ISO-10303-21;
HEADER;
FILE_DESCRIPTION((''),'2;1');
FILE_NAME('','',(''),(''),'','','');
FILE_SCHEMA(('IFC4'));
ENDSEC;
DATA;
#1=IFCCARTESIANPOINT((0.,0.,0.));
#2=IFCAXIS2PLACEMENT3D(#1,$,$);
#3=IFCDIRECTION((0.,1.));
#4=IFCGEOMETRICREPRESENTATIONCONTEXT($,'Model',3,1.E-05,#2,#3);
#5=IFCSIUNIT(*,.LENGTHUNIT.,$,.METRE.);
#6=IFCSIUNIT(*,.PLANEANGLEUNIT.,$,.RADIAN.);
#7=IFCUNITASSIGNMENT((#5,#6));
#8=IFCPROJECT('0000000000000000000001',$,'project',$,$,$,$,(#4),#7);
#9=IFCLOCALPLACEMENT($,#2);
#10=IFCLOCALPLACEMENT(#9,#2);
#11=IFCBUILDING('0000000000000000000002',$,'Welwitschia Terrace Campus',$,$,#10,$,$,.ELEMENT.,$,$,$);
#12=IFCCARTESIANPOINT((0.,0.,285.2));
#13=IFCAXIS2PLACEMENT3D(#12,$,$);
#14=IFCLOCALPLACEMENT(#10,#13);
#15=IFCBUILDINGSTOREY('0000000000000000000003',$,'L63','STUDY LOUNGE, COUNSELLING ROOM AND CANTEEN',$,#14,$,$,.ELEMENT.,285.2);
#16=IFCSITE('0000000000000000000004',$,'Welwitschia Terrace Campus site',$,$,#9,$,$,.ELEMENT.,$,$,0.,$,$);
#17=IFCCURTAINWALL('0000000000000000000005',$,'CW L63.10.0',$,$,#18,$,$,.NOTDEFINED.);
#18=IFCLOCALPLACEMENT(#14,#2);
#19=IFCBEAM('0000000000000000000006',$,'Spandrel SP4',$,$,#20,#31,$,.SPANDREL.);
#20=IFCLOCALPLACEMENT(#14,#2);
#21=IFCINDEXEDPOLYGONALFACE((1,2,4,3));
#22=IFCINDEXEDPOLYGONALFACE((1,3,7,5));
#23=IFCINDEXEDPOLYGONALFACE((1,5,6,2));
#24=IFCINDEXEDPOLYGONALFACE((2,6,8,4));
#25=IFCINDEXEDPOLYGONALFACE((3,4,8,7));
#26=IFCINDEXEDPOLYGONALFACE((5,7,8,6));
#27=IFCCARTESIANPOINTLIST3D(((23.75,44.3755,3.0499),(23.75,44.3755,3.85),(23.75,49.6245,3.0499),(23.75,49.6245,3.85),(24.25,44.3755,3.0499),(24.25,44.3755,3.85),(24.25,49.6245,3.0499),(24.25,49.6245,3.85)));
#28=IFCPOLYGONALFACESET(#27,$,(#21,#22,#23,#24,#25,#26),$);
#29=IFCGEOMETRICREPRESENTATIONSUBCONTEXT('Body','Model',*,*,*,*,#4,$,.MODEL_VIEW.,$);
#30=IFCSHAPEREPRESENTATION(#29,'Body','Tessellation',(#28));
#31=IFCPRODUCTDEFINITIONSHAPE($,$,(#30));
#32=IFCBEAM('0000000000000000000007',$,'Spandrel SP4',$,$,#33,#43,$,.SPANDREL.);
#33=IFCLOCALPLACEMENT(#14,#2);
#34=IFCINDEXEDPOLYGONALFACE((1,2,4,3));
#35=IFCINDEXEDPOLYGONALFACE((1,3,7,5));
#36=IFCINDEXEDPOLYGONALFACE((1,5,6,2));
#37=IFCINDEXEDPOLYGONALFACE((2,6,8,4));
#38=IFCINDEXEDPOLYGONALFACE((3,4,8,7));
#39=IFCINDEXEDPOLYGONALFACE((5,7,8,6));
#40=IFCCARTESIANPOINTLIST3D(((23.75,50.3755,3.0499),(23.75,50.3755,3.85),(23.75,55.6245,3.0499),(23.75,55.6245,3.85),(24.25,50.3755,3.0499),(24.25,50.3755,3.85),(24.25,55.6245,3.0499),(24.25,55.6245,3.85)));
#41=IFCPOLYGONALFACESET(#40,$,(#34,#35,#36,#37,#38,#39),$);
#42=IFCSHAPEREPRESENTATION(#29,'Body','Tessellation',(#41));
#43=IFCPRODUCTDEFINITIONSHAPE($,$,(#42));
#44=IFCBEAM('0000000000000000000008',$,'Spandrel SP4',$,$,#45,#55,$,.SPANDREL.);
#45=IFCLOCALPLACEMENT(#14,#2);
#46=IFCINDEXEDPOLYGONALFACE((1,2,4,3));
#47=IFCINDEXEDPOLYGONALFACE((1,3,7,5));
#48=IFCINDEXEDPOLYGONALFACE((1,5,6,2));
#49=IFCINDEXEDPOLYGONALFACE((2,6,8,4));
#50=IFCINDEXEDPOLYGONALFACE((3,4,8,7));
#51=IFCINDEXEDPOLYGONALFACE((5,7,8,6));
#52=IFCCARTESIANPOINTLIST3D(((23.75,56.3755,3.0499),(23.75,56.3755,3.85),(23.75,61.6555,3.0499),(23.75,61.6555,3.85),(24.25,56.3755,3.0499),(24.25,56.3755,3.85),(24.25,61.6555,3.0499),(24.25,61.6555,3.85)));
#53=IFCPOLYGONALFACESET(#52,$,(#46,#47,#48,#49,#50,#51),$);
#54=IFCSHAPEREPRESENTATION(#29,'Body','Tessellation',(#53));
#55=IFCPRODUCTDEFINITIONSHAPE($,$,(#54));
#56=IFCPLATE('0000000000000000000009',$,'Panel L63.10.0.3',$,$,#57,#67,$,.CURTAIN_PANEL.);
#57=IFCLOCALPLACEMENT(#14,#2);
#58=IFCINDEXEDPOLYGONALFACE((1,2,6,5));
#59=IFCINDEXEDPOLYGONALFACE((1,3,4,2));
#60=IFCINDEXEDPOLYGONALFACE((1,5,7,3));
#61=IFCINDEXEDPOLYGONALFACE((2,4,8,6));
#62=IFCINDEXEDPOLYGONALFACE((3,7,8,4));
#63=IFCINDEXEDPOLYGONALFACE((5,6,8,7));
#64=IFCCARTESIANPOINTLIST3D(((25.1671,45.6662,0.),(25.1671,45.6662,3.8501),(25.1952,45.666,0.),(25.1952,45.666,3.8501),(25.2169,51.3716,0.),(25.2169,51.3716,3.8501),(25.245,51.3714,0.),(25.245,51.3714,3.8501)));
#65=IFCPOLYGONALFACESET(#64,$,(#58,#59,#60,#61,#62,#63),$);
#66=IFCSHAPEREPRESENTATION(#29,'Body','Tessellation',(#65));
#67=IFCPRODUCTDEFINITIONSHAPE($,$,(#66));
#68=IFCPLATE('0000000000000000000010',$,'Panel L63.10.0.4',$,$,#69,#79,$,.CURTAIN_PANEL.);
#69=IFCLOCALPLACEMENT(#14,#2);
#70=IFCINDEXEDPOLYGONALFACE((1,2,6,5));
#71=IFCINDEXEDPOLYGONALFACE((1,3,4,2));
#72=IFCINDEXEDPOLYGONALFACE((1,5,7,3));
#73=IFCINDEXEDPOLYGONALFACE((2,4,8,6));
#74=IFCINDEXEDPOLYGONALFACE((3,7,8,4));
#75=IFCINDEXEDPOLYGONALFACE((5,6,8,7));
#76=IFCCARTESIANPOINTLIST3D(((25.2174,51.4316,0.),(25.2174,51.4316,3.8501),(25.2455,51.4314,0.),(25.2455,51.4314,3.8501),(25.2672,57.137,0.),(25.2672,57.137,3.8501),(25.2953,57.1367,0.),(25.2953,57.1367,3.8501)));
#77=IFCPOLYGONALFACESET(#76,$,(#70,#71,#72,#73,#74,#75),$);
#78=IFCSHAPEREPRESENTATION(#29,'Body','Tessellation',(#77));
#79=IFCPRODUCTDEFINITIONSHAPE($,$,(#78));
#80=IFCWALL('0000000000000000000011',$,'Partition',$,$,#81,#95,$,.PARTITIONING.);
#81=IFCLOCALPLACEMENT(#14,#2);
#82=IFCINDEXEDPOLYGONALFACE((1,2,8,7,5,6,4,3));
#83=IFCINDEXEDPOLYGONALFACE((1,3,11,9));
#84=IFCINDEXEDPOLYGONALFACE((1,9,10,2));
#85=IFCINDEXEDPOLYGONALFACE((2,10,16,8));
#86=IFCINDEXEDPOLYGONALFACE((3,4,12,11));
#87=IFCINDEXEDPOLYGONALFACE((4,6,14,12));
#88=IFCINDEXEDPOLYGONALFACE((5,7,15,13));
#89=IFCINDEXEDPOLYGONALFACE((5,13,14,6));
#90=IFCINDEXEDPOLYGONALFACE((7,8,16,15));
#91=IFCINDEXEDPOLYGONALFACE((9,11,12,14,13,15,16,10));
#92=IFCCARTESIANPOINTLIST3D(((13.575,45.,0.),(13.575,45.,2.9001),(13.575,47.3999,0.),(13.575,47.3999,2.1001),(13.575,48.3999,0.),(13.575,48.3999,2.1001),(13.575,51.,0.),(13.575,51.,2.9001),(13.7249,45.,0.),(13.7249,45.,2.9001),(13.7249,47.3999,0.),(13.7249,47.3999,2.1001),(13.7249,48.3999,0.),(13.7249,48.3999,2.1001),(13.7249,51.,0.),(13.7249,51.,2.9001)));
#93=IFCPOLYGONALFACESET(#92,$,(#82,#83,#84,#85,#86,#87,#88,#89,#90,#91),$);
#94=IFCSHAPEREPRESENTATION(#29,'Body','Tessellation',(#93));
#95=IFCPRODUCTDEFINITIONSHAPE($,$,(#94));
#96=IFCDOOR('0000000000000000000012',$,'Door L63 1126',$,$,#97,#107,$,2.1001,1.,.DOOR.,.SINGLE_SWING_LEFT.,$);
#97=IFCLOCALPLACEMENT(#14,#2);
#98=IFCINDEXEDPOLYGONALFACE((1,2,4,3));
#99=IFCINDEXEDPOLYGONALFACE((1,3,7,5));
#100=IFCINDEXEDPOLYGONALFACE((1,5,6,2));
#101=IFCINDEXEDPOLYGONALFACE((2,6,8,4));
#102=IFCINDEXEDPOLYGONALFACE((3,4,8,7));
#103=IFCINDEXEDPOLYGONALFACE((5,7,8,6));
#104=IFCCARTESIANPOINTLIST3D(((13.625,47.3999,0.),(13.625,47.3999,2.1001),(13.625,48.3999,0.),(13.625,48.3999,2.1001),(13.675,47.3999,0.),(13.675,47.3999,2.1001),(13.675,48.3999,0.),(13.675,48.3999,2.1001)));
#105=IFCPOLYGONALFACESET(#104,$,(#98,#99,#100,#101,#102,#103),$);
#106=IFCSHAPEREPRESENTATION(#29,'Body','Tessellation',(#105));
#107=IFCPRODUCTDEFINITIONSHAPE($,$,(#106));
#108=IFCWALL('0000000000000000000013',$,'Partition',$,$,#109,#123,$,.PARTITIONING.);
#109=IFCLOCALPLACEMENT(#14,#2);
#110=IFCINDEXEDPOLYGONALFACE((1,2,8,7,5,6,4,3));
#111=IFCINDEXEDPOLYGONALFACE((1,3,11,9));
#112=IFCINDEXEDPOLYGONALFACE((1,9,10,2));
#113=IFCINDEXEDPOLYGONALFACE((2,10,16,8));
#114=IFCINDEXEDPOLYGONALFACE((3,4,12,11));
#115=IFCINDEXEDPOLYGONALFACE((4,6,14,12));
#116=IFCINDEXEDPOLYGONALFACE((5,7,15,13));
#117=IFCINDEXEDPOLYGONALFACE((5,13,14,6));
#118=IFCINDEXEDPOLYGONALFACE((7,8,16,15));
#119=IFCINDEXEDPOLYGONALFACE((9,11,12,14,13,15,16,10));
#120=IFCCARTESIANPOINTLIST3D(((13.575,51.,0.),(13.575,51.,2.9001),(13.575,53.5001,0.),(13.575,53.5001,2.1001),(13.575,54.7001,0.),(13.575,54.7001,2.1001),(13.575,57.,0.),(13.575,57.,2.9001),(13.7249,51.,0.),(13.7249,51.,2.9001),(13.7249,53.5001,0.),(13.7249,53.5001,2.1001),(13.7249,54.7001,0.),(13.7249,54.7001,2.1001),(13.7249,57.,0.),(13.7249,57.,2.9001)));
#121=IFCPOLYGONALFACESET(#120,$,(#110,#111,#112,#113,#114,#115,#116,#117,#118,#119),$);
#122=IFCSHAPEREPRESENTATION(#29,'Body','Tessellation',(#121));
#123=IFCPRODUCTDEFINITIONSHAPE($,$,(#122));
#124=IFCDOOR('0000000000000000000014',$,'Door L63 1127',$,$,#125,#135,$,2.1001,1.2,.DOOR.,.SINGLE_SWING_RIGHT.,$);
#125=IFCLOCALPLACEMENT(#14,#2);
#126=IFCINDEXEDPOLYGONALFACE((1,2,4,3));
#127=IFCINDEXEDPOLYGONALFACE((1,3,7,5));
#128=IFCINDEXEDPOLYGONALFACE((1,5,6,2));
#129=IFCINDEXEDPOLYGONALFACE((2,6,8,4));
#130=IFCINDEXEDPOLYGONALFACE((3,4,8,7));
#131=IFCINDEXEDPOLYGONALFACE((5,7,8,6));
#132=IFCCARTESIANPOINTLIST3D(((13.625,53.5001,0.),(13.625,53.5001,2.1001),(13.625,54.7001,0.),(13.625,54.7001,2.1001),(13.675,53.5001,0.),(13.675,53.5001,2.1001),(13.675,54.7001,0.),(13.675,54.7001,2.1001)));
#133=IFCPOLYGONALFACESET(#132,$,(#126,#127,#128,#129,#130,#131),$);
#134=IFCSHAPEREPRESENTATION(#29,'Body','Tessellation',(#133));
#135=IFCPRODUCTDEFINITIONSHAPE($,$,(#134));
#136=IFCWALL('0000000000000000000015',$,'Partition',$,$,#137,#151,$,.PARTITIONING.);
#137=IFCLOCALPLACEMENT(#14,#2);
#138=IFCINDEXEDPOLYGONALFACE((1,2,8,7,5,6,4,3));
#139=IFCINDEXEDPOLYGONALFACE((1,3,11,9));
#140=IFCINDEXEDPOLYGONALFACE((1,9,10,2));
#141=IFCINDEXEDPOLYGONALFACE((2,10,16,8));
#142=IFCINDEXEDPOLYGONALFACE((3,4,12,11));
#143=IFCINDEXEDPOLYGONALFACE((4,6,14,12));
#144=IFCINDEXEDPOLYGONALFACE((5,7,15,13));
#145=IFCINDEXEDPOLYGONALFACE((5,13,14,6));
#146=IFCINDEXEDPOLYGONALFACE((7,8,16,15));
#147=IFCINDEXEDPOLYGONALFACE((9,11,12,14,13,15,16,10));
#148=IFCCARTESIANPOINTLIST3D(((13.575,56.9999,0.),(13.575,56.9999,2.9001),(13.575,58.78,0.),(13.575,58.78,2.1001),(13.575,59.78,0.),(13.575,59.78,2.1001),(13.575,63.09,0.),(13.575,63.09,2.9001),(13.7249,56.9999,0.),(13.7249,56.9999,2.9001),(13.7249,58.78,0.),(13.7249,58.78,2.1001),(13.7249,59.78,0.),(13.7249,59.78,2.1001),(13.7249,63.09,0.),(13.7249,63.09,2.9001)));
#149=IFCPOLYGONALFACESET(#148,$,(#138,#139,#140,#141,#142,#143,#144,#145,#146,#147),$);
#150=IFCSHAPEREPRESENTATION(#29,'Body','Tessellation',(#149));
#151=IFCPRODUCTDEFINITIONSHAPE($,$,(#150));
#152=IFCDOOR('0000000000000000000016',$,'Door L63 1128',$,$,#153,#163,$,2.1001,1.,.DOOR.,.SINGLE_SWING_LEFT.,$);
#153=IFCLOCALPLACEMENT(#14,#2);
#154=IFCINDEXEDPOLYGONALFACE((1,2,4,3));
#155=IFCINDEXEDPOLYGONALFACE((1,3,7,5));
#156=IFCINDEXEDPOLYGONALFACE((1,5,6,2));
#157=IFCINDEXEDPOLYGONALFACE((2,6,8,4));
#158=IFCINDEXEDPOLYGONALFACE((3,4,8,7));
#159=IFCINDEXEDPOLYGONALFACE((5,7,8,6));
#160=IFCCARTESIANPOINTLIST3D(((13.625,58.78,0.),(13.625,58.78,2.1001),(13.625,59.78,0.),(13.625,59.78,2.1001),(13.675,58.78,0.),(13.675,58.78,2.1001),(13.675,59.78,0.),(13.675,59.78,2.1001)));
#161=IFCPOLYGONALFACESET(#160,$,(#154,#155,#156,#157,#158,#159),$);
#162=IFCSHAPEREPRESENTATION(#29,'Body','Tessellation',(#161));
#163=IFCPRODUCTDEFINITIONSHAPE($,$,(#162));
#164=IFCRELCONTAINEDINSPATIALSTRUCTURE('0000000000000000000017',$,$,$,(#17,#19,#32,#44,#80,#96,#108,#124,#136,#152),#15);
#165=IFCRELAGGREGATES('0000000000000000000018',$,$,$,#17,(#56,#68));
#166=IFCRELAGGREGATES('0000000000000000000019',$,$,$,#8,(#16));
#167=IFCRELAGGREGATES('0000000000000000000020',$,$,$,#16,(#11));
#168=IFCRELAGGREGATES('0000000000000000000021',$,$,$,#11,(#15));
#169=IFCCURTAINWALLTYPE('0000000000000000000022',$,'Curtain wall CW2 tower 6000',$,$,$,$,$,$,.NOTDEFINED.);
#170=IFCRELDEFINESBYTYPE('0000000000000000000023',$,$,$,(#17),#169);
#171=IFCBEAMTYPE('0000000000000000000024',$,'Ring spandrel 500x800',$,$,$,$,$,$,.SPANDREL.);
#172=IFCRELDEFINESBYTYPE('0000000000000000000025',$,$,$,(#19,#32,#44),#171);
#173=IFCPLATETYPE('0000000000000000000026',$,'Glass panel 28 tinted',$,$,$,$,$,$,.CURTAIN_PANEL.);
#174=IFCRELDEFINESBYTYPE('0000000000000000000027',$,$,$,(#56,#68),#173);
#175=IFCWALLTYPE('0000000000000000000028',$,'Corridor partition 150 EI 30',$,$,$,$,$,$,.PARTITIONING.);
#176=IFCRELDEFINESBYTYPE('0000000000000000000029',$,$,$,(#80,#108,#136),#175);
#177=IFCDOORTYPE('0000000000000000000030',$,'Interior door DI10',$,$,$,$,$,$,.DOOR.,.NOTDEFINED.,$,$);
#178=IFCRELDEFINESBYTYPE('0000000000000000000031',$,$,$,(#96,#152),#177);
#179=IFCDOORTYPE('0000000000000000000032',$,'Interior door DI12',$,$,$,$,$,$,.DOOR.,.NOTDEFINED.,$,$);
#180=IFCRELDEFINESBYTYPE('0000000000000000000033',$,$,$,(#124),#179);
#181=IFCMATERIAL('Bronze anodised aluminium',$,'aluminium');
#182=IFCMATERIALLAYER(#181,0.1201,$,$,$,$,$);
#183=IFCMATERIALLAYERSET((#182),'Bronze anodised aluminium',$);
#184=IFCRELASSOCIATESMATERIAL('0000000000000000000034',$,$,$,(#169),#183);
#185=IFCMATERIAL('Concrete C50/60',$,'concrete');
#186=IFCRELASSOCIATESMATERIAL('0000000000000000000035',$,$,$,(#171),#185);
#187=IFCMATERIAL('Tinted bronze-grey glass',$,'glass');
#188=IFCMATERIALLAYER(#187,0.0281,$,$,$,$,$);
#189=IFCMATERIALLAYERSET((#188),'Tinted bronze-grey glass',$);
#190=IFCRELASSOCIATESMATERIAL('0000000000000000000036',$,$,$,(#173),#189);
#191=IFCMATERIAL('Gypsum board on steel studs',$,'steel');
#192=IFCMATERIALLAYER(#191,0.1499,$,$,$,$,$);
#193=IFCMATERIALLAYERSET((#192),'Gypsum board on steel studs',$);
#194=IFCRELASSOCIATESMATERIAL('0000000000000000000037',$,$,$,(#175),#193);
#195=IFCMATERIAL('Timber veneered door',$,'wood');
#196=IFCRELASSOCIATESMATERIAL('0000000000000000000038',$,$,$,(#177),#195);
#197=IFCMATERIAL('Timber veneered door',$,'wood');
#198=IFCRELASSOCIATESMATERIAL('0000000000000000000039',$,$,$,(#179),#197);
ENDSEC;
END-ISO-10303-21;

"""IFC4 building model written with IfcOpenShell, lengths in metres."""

from ifc_helpers import new_model, si_unit, direction, frame, frame_2d, origin, origin_2d, place, context, subcontext, project, spatial, rectangle, extrude, material, layer, layer_set, material_profile, profile_set, type_object, element, fill, aggregate, save


model = new_model("IFC4")

# Units and contexts
model_context = context("Model", 3, precision=1e-05, world=origin(), true_north=direction((0.0, 1.0)))
body_context = subcontext(model_context, "Body", "Model", "MODEL_VIEW")
ifc_project = project(units=[si_unit("LENGTHUNIT", "METRE"), si_unit("PLANEANGLEUNIT", "RADIAN")], contexts=[model_context])

# Site, building, storey
site_placement = place(None, origin())
site = spatial("IfcSite", under=ifc_project, at=site_placement, Name="Welwitschia Terrace Campus site", CompositionType="ELEMENT", RefElevation=0.0)
building_placement = place(site_placement, origin())
building = spatial("IfcBuilding", under=site, at=building_placement, Name="Welwitschia Terrace Campus", CompositionType="ELEMENT")
storey_placement = place(building_placement, frame((0.0, 0.0, 285.2)))
storey = spatial("IfcBuildingStorey", under=building, at=storey_placement, Name="L63", Description="STUDY LOUNGE, COUNSELLING ROOM AND CANTEEN", CompositionType="ELEMENT", Elevation=285.2)

# Curtain wall
ifc_material_1 = material(Name="Bronze anodised aluminium", Category="aluminium")
ifc_layer_1 = layer(ifc_material_1, 0.1201)
ifc_layer_set_1 = layer_set([ifc_layer_1], Name="Bronze anodised aluminium")
curtain_wall_type = type_object("IfcCurtainWallType", Name="Curtain wall CW2 tower 6000", PredefinedType="NOTDEFINED", material=ifc_layer_set_1)
curtain_wall_placement = place(storey_placement, origin())
curtain_wall = element("IfcCurtainWall", 1, at=curtain_wall_placement, inside=storey, type_object=curtain_wall_type, Name="CW L63.10.0", PredefinedType="NOTDEFINED")

# Beams
ifc_material_2 = material(Name="Concrete C50/60", Category="concrete")
ifc_material_profile_1 = material_profile(ifc_material_2, rectangle(XDim=0.5, YDim=0.8, at=origin_2d()))
ifc_profile_set_1 = profile_set([ifc_material_profile_1], Name="Concrete C50/60")
beam_type_1 = type_object("IfcBeamType", Name="Ring spandrel 500x800", PredefinedType="SPANDREL", material=ifc_profile_set_1)
for number, where, z_axis, x_axis, name in (
    (2, (24.0, 44.3755, 3.45), (0.0, 1.0, 0.0), (-1.0, 0.0, 0.0), "Spandrel SP4"),
    (3, (24.0, 50.3755, 3.45), (0.0, 1.0, 0.0), (-1.0, 0.0, 0.0), "Spandrel SP4"),
):
    element("IfcBeam", number, at=place(storey_placement, frame(where, z_axis=z_axis, x_axis=x_axis)), inside=storey, type_object=beam_type_1, Name=name, PredefinedType="SPANDREL", context=body_context, shape_type="SweptSolid", body=[
        extrude(rectangle(XDim=0.5, YDim=0.8, at=origin_2d()), origin(), (0.0, 0.0, 1.0), 5.249),
    ])
beam_1_placement = place(storey_placement, frame((24.0, 56.3755, 3.45), z_axis=(0.0, 1.0, 0.0), x_axis=(-1.0, 0.0, 0.0)))
element("IfcBeam", 4, at=beam_1_placement, inside=storey, type_object=beam_type_1, Name="Spandrel SP4", PredefinedType="SPANDREL", context=body_context, shape_type="SweptSolid", body=[
    extrude(rectangle(XDim=0.5, YDim=0.8, at=origin_2d()), origin(), (0.0, 0.0, 1.0), 5.28),
])

# Plates
ifc_material_3 = material(Name="Tinted bronze-grey glass", Category="glass")
ifc_layer_2 = layer(ifc_material_3, 0.0281)
ifc_layer_set_2 = layer_set([ifc_layer_2], Name="Tinted bronze-grey glass")
plate_type = type_object("IfcPlateType", Name="Glass panel 28 tinted", PredefinedType="CURTAIN_PANEL", material=ifc_layer_set_2)
plate_1_placement = place(storey_placement, frame((25.2061, 48.5188, 0.0), z_axis=(0.0, 0.0, 1.0), x_axis=(0.008727, 0.999962, 0.0)))
plate_1 = element("IfcPlate", 5, at=plate_1_placement, type_object=plate_type, Name="Panel L63.10.0.3", PredefinedType="CURTAIN_PANEL", context=body_context, shape_type="SweptSolid", body=[
    extrude(rectangle(XDim=5.7056, YDim=0.0281, at=origin_2d()), origin(), (0.0, 0.0, 1.0), 3.8501),
])
plate_2_placement = place(storey_placement, frame((25.2563, 54.2842, 0.0), z_axis=(0.0, 0.0, 1.0), x_axis=(0.008727, 0.999962, 0.0)))
plate_2 = element("IfcPlate", 6, at=plate_2_placement, type_object=plate_type, Name="Panel L63.10.0.4", PredefinedType="CURTAIN_PANEL", context=body_context, shape_type="SweptSolid", body=[
    extrude(rectangle(XDim=5.7056, YDim=0.0281, at=origin_2d()), origin(), (0.0, 0.0, 1.0), 3.8501),
])
aggregate(curtain_wall, [plate_1, plate_2])

# Walls, openings, doors
ifc_material_4 = material(Name="Gypsum board on steel studs", Category="steel")
ifc_layer_3 = layer(ifc_material_4, 0.1499)
ifc_layer_set_3 = layer_set([ifc_layer_3], Name="Gypsum board on steel studs")
wall_type = type_object("IfcWallType", Name="Corridor partition 150 EI 30", PredefinedType="PARTITIONING", material=ifc_layer_set_3)
wall_1_placement = place(storey_placement, frame((13.6499, 45.0, 0.0), z_axis=(0.0, 0.0, 1.0), x_axis=(0.0, 1.0, 0.0)))
wall_1 = element("IfcWall", 7, at=wall_1_placement, inside=storey, type_object=wall_type, Name="Partition", PredefinedType="PARTITIONING", context=body_context, shape_type="SweptSolid", body=[
    extrude(rectangle(XDim=6.0, YDim=0.1499, at=frame_2d((3.0, 0.0))), origin(), (0.0, 0.0, 1.0), 2.9001),
])
opening_1_placement = place(wall_1_placement, frame((2.3999, 0.0, 0.0)))
opening_1 = element("IfcOpeningElement", 8, at=opening_1_placement, cuts=wall_1, PredefinedType="OPENING", context=body_context, shape_type="SweptSolid", body=[
    extrude(rectangle(XDim=1.0, YDim=2.1001, at=frame_2d((0.5, 1.05))), frame((0.0, 0.085, 0.0), z_axis=(0.0, -1.0, 0.0), x_axis=(1.0, 0.0, 0.0)), (0.0, 0.0, 1.0), 0.1699),
])
ifc_material_5 = material(Name="Timber veneered door", Category="wood")
door_type_1 = type_object("IfcDoorType", Name="Interior door DI10", OperationType="NOTDEFINED", PredefinedType="DOOR", material=ifc_material_5)
door_1_placement = place(opening_1_placement, origin())
door_1 = element("IfcDoor", 9, at=door_1_placement, inside=storey, type_object=door_type_1, Name="Door L63 1126", OperationType="SINGLE_SWING_LEFT", OverallHeight=2.1001, OverallWidth=1.0, PredefinedType="DOOR", context=body_context, shape_type="SweptSolid", body=[
    extrude(rectangle(XDim=1.0, YDim=2.1001, at=frame_2d((0.5, 1.05))), frame((0.0, 0.0249, 0.0), z_axis=(0.0, -1.0, 0.0), x_axis=(1.0, 0.0, 0.0)), (0.0, 0.0, 1.0), 0.05),
])
fill(opening_1, door_1)
wall_2_placement = place(storey_placement, frame((13.6499, 51.0, 0.0), z_axis=(0.0, 0.0, 1.0), x_axis=(0.0, 1.0, 0.0)))
wall_2 = element("IfcWall", 10, at=wall_2_placement, inside=storey, type_object=wall_type, Name="Partition", PredefinedType="PARTITIONING", context=body_context, shape_type="SweptSolid", body=[
    extrude(rectangle(XDim=6.0, YDim=0.1499, at=frame_2d((3.0, 0.0))), origin(), (0.0, 0.0, 1.0), 2.9001),
])
opening_2_placement = place(wall_2_placement, frame((2.5, 0.0, 0.0)))
opening_2 = element("IfcOpeningElement", 11, at=opening_2_placement, cuts=wall_2, PredefinedType="OPENING", context=body_context, shape_type="SweptSolid", body=[
    extrude(rectangle(XDim=1.2, YDim=2.1001, at=frame_2d((0.6001, 1.05))), frame((0.0, 0.085, 0.0), z_axis=(0.0, -1.0, 0.0), x_axis=(1.0, 0.0, 0.0)), (0.0, 0.0, 1.0), 0.1699),
])
ifc_material_6 = material(Name="Timber veneered door", Category="wood")
door_type_2 = type_object("IfcDoorType", Name="Interior door DI12", OperationType="NOTDEFINED", PredefinedType="DOOR", material=ifc_material_6)
door_2_placement = place(opening_2_placement, origin())
door_2 = element("IfcDoor", 12, at=door_2_placement, inside=storey, type_object=door_type_2, Name="Door L63 1127", OperationType="SINGLE_SWING_RIGHT", OverallHeight=2.1001, OverallWidth=1.2, PredefinedType="DOOR", context=body_context, shape_type="SweptSolid", body=[
    extrude(rectangle(XDim=1.2, YDim=2.1001, at=frame_2d((0.6001, 1.05))), frame((0.0, 0.0249, 0.0), z_axis=(0.0, -1.0, 0.0), x_axis=(1.0, 0.0, 0.0)), (0.0, 0.0, 1.0), 0.05),
])
fill(opening_2, door_2)
wall_3_placement = place(storey_placement, frame((13.6499, 57.0, 0.0), z_axis=(0.0, 0.0, 1.0), x_axis=(0.0, 1.0, 0.0)))
wall_3 = element("IfcWall", 13, at=wall_3_placement, inside=storey, type_object=wall_type, Name="Partition", PredefinedType="PARTITIONING", context=body_context, shape_type="SweptSolid", body=[
    extrude(rectangle(XDim=6.0901, YDim=0.1499, at=frame_2d((3.0449, 0.0))), origin(), (0.0, 0.0, 1.0), 2.9001),
])
opening_3_placement = place(wall_3_placement, frame((1.78, 0.0, 0.0)))
opening_3 = element("IfcOpeningElement", 14, at=opening_3_placement, cuts=wall_3, PredefinedType="OPENING", context=body_context, shape_type="SweptSolid", body=[
    extrude(rectangle(XDim=1.0, YDim=2.1001, at=frame_2d((0.5, 1.05))), frame((0.0, 0.085, 0.0), z_axis=(0.0, -1.0, 0.0), x_axis=(1.0, 0.0, 0.0)), (0.0, 0.0, 1.0), 0.1699),
])
door_3_placement = place(opening_3_placement, origin())
door_3 = element("IfcDoor", 15, at=door_3_placement, inside=storey, type_object=door_type_1, Name="Door L63 1128", OperationType="SINGLE_SWING_LEFT", OverallHeight=2.1001, OverallWidth=1.0, PredefinedType="DOOR", context=body_context, shape_type="SweptSolid", body=[
    extrude(rectangle(XDim=1.0, YDim=2.1001, at=frame_2d((0.5, 1.05))), frame((0.0, 0.0249, 0.0), z_axis=(0.0, -1.0, 0.0), x_axis=(1.0, 0.0, 0.0)), (0.0, 0.0, 1.0), 0.05),
])
fill(opening_3, door_3)

save(model, "model.ifc")
